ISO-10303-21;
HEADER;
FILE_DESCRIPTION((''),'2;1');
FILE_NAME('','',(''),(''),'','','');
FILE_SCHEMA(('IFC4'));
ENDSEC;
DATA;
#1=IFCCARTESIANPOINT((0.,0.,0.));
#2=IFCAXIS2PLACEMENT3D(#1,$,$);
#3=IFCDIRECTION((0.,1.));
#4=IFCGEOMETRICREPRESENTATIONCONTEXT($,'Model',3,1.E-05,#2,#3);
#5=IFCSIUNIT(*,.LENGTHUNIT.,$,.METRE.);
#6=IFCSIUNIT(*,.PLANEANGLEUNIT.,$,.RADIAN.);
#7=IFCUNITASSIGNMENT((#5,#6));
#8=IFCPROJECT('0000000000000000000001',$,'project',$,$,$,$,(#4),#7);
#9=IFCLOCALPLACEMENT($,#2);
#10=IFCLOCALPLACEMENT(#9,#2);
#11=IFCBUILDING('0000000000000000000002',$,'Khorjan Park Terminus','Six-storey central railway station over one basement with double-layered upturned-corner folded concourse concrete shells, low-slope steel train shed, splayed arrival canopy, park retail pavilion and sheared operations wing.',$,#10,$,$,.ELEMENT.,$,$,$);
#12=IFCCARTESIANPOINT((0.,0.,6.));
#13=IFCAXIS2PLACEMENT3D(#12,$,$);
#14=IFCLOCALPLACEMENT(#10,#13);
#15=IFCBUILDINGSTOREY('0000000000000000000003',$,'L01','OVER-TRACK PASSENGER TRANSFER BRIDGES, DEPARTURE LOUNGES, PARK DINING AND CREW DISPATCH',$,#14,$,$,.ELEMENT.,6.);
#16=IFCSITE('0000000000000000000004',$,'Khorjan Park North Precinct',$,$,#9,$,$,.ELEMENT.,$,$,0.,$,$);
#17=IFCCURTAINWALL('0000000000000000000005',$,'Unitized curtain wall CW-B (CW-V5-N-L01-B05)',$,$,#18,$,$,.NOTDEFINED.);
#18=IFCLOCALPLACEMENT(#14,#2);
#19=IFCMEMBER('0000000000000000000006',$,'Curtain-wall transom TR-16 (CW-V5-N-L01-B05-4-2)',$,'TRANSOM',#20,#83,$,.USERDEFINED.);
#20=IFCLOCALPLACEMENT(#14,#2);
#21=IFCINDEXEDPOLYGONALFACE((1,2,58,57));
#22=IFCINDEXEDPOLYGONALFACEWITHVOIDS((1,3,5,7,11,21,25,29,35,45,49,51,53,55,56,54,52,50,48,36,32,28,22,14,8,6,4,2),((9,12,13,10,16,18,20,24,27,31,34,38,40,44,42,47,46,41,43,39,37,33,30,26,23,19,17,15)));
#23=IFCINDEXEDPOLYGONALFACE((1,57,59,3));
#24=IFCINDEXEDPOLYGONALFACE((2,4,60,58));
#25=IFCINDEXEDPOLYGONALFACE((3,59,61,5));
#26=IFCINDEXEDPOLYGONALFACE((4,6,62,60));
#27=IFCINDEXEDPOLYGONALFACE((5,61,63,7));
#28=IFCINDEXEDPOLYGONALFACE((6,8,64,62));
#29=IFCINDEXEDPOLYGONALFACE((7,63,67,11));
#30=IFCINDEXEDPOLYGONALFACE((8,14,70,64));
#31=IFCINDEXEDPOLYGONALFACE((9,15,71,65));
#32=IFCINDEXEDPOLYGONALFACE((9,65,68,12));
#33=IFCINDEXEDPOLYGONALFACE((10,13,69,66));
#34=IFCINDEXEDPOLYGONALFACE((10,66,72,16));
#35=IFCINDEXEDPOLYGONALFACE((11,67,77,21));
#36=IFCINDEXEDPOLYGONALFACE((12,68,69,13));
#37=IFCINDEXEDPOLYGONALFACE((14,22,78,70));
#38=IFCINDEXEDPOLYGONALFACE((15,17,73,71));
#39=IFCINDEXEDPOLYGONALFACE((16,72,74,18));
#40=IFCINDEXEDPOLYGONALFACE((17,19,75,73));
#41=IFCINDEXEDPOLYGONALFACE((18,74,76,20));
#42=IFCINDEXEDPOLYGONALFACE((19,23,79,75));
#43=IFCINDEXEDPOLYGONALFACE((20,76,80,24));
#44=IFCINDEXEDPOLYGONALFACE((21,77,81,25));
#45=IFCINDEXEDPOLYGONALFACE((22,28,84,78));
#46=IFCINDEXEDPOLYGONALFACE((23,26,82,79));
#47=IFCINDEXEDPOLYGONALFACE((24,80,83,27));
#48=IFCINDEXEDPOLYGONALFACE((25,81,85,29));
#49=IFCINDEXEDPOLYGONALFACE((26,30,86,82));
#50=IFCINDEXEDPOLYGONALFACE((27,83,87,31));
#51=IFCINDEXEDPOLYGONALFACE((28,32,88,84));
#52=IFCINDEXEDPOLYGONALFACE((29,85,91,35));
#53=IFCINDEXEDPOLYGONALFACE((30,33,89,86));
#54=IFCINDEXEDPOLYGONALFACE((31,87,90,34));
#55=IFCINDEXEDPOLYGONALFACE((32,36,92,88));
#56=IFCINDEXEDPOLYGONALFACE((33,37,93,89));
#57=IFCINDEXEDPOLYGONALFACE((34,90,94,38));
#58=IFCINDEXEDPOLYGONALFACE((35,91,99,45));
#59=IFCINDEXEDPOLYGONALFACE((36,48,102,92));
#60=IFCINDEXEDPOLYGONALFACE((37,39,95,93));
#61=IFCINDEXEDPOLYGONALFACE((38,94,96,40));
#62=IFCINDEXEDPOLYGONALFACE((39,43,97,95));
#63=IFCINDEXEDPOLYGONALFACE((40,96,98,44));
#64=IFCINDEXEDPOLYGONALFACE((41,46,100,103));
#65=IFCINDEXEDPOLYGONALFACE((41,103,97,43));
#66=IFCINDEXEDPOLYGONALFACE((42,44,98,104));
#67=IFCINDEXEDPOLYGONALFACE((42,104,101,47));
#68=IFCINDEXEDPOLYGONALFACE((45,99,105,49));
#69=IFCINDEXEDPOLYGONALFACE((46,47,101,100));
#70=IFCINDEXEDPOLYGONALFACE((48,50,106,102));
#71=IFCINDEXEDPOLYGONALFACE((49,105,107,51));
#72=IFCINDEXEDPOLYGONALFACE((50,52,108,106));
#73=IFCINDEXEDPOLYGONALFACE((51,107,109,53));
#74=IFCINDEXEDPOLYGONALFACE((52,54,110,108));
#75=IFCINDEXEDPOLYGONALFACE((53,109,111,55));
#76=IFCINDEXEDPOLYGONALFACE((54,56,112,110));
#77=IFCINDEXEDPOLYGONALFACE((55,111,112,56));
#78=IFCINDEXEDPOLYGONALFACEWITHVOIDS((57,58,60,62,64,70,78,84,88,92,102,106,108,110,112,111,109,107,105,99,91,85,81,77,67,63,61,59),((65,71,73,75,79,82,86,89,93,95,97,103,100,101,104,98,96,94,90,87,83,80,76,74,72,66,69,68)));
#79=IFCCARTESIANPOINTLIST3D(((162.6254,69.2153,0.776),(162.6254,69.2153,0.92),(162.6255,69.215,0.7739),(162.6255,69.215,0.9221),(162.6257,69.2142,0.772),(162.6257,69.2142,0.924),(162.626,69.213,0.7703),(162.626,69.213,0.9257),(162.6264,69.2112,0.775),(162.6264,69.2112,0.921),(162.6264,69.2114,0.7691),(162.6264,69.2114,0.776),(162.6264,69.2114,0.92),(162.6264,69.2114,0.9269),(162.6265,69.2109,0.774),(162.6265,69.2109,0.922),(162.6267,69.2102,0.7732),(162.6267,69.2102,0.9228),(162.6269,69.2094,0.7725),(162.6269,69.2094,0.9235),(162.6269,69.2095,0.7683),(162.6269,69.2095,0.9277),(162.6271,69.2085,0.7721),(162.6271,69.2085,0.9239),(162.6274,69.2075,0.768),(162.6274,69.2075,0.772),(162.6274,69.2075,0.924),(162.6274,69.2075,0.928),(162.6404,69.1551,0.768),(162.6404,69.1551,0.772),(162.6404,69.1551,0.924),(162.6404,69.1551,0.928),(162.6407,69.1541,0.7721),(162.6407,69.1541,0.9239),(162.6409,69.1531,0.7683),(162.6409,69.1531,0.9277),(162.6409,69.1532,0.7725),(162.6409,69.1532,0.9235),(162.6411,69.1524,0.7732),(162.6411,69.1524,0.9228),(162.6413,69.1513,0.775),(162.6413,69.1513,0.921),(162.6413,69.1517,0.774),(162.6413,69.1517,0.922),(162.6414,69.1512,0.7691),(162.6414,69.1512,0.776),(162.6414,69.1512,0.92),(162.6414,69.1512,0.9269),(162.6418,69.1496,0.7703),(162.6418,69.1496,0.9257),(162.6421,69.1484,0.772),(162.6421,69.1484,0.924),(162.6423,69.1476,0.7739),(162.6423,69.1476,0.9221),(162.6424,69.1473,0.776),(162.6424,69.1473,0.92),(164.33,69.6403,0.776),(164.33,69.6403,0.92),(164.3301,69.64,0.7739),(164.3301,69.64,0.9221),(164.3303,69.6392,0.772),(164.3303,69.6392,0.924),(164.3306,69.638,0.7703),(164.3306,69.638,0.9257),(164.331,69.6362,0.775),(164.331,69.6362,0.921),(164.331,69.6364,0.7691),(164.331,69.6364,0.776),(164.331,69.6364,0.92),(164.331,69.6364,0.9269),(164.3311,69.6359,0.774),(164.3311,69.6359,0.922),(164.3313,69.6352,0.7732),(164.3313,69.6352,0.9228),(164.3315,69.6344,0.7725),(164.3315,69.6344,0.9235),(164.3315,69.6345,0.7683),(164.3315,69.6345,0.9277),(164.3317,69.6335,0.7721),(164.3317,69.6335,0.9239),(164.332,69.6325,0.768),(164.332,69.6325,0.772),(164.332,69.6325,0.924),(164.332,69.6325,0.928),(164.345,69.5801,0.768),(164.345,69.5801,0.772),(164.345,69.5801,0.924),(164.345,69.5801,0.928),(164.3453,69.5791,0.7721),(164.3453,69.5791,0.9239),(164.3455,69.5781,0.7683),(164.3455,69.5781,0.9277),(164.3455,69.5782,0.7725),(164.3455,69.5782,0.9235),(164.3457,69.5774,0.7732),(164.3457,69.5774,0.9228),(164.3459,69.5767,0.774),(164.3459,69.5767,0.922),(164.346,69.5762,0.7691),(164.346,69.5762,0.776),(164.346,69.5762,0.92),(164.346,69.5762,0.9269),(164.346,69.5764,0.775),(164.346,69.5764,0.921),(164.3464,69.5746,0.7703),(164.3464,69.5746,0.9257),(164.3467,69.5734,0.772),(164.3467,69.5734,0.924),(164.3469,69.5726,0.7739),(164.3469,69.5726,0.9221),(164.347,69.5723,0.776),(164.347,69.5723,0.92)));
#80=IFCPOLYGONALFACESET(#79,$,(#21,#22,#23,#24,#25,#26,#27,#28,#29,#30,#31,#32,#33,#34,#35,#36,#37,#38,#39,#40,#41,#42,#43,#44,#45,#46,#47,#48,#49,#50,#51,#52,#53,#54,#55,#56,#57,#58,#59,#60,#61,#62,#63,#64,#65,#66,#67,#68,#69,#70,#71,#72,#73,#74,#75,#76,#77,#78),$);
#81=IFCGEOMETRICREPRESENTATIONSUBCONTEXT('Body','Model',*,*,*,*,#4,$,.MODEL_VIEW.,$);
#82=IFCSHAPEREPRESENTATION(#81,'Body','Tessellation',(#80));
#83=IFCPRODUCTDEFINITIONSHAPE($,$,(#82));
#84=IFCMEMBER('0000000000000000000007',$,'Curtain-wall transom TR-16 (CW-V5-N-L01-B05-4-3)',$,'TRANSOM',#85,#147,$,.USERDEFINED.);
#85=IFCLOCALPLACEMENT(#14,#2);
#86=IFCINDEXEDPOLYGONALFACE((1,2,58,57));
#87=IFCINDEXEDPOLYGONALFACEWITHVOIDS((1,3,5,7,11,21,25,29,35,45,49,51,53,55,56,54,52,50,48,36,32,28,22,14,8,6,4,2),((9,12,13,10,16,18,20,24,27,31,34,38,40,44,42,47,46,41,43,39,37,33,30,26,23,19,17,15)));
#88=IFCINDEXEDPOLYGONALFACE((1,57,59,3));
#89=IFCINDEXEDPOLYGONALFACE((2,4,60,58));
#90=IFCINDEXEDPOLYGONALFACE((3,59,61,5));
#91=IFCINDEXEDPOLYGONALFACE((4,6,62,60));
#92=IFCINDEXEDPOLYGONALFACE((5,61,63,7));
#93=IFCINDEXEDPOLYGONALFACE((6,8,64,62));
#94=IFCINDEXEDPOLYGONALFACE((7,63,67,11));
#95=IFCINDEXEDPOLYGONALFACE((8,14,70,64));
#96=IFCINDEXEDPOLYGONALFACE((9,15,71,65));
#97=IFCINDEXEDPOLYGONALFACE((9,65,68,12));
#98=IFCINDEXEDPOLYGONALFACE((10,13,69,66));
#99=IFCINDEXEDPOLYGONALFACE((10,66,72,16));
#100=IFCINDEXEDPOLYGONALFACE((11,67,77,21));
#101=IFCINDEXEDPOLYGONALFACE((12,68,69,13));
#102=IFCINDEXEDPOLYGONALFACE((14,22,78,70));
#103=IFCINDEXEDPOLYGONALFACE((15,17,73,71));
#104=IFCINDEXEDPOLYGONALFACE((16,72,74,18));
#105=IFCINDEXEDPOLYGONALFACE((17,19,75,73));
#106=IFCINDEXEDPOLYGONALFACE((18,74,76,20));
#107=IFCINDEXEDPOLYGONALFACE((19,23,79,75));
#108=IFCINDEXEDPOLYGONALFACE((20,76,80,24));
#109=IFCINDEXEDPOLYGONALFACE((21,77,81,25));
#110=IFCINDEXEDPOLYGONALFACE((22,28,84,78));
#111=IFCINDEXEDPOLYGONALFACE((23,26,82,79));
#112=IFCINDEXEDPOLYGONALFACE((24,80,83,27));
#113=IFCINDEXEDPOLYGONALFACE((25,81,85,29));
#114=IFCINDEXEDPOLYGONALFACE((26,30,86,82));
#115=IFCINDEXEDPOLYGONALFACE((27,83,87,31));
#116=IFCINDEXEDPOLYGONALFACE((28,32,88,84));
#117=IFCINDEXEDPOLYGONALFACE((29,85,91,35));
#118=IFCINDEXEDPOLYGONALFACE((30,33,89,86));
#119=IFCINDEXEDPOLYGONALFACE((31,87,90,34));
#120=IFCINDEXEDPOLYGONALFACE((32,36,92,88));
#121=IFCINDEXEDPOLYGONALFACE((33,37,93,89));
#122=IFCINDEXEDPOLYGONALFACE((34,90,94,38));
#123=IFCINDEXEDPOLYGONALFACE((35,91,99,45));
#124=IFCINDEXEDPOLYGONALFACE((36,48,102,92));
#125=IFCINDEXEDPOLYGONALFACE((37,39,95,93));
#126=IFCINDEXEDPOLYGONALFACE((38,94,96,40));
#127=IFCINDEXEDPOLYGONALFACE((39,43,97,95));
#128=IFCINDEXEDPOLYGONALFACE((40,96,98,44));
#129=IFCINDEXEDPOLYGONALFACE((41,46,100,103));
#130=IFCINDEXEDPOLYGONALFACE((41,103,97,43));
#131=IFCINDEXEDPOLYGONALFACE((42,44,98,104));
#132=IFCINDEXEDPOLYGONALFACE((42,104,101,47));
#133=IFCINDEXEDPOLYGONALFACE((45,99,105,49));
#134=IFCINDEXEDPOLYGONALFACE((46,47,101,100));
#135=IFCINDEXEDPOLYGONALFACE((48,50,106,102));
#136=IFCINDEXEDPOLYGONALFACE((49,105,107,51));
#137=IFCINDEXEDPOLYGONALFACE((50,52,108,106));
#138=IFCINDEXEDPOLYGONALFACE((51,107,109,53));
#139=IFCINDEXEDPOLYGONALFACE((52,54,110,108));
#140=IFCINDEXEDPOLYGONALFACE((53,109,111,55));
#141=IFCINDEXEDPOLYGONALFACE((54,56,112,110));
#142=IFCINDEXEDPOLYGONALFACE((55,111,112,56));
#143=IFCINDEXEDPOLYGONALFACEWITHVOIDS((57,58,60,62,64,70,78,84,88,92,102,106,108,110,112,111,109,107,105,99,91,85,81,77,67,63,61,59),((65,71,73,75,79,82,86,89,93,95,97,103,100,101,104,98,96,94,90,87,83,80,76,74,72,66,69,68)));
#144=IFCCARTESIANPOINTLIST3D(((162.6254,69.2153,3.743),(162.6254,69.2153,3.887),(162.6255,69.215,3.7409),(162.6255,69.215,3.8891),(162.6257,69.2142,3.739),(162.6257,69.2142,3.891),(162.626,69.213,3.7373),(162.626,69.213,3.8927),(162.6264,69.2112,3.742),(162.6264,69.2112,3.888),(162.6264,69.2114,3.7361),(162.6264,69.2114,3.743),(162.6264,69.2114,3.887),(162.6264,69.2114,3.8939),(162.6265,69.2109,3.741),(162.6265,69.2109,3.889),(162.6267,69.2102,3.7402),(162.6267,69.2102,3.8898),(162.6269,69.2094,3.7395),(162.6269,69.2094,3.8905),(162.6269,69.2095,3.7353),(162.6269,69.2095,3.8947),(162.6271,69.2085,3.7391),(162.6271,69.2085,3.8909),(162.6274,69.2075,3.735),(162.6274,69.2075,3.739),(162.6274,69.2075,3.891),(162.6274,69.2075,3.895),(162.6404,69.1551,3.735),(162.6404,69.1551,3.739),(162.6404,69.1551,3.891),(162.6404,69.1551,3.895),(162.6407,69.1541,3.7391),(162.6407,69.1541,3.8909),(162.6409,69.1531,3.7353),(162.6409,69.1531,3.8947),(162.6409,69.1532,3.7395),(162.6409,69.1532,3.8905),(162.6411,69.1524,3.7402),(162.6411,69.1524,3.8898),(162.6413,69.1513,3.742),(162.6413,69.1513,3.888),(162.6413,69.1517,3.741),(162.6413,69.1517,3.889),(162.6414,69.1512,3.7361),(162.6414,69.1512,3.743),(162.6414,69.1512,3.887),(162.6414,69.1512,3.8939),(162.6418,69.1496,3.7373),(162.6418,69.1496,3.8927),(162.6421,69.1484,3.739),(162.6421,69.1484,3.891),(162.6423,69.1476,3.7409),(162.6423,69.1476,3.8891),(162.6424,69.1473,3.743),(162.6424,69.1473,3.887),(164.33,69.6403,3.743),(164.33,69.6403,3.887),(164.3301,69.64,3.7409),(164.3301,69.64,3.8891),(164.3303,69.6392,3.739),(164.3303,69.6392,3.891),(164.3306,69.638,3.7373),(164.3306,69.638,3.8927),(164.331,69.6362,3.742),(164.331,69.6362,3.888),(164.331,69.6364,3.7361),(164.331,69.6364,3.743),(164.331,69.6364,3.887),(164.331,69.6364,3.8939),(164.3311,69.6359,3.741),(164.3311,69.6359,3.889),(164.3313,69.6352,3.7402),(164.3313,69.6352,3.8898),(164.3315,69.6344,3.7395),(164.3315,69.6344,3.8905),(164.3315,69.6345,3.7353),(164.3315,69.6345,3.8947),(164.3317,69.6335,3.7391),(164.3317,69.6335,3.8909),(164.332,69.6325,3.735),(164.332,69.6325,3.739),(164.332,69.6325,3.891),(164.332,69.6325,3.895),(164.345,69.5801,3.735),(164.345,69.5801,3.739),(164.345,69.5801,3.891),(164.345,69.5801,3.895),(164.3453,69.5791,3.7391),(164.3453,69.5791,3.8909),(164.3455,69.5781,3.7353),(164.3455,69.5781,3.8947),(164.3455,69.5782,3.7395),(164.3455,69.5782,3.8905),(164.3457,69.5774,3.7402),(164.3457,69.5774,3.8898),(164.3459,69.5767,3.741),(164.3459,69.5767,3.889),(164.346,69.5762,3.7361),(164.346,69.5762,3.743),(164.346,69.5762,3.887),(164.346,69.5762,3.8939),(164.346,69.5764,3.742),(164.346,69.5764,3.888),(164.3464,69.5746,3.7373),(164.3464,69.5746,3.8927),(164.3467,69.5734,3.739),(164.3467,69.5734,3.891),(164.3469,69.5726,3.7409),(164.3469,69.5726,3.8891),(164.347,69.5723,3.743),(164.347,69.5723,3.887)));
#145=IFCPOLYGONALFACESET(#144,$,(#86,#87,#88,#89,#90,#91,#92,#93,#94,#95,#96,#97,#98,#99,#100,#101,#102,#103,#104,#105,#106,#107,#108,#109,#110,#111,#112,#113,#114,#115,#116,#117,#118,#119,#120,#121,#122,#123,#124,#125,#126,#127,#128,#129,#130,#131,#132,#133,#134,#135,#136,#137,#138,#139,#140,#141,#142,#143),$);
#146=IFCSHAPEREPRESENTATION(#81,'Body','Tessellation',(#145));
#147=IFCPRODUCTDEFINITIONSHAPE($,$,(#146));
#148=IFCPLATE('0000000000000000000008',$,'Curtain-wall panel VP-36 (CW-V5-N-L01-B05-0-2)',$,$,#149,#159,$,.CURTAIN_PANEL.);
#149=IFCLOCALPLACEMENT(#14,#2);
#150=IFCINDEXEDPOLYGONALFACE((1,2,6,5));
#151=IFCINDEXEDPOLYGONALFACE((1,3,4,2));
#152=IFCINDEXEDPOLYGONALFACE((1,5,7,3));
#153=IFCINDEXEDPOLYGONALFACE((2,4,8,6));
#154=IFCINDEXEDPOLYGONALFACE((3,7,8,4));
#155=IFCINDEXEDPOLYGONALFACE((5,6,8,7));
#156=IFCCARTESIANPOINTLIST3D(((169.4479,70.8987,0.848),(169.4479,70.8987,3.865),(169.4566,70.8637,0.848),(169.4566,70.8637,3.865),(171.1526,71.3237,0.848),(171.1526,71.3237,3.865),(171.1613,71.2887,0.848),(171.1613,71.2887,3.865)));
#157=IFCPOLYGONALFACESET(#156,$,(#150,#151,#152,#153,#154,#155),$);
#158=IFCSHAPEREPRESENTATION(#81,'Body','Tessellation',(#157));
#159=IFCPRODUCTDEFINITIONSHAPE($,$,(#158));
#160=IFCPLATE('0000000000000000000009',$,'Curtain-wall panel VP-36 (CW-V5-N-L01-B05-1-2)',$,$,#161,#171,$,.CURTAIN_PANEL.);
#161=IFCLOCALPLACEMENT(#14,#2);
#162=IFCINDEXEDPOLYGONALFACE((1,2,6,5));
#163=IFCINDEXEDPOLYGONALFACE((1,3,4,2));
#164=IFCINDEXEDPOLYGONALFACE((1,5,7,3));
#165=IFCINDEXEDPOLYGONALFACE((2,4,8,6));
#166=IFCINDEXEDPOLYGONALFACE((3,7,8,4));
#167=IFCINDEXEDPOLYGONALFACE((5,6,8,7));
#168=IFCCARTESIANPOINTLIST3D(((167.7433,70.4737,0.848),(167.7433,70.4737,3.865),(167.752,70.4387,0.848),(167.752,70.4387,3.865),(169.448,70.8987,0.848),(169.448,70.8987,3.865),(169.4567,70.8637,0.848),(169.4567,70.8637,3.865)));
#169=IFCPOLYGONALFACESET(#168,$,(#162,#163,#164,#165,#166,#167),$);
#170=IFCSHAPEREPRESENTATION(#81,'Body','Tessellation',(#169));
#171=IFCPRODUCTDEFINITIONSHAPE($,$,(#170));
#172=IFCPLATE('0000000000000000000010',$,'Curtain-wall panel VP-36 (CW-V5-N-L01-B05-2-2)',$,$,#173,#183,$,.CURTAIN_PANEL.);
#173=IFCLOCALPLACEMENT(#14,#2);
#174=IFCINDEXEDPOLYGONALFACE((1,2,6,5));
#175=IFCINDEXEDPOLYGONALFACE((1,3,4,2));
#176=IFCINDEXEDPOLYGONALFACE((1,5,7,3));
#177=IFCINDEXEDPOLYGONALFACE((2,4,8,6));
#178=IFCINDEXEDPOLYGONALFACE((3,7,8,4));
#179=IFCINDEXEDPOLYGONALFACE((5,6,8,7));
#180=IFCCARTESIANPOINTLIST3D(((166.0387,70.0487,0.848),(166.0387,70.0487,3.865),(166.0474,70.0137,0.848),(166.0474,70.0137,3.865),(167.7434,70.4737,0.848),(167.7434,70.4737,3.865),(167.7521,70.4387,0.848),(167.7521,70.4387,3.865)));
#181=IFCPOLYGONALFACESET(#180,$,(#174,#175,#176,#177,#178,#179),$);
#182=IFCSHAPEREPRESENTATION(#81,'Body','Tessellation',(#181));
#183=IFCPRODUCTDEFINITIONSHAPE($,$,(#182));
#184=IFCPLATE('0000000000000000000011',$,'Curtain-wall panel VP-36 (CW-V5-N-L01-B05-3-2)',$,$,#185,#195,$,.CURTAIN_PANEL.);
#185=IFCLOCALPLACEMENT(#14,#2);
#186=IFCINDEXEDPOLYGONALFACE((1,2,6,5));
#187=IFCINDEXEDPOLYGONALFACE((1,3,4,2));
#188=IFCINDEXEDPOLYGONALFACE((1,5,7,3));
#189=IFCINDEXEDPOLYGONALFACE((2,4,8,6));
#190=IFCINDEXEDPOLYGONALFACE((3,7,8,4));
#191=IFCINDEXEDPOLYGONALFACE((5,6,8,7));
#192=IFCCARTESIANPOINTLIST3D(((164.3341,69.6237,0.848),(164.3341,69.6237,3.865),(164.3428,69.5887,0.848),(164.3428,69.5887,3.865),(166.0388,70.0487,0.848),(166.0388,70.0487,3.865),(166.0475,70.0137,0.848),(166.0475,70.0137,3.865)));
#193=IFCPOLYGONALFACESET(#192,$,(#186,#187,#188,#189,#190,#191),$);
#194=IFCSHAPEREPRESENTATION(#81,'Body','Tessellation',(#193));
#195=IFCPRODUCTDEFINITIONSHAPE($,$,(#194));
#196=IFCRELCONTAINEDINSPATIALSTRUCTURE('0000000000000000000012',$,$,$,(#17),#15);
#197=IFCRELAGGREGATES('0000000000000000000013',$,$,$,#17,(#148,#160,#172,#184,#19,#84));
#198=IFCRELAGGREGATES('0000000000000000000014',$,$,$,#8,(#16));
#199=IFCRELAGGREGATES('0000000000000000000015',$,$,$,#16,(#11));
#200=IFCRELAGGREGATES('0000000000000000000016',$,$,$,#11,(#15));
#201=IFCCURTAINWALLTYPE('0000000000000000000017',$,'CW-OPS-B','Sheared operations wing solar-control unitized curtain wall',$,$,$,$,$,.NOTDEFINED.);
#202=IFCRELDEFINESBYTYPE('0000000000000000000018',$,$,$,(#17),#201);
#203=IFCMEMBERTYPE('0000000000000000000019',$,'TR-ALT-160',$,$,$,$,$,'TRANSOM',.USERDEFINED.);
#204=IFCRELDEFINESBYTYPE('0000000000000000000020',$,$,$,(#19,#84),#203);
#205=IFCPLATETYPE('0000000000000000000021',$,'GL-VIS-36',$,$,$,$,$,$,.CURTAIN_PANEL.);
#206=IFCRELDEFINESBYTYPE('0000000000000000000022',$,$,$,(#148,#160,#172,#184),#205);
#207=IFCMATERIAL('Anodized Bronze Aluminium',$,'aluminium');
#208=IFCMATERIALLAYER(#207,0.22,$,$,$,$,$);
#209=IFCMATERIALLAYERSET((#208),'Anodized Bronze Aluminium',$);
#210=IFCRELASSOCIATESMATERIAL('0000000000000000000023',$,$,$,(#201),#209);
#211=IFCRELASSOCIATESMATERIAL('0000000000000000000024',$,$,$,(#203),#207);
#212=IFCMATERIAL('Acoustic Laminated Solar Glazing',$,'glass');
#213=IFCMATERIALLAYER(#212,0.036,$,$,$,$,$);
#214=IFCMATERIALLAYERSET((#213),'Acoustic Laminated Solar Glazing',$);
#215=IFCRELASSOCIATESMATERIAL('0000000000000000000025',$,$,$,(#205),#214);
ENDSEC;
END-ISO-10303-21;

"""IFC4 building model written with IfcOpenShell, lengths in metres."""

from ifc_helpers import new_model, si_unit, direction, frame, origin, origin_2d, place, context, subcontext, project, spatial, rectangle, hollow_rectangle, extrude, material, layer, layer_set, material_profile, profile_set, type_object, element, aggregate, save


model = new_model("IFC4")

# Units and contexts
model_context = context("Model", 3, precision=1e-05, world=origin(), true_north=direction((0.0, 1.0)))
body_context = subcontext(model_context, "Body", "Model", "MODEL_VIEW")
ifc_project = project(units=[si_unit("LENGTHUNIT", "METRE"), si_unit("PLANEANGLEUNIT", "RADIAN")], contexts=[model_context])

# Site, building, storey
site_placement = place(None, origin())
site = spatial("IfcSite", under=ifc_project, at=site_placement, Name="Khorjan Park North Precinct", CompositionType="ELEMENT", RefElevation=0.0)
building_placement = place(site_placement, origin())
building = spatial("IfcBuilding", under=site, at=building_placement, Name="Khorjan Park Terminus", Description="Six-storey central railway station over one basement with double-layered upturned-corner folded concourse concrete shells, low-slope steel train shed, splayed arrival canopy, park retail pavilion and sheared operations wing.", CompositionType="ELEMENT")
storey_placement = place(building_placement, frame((0.0, 0.0, 6.0)))
storey = spatial("IfcBuildingStorey", under=building, at=storey_placement, Name="L01", Description="OVER-TRACK PASSENGER TRANSFER BRIDGES, DEPARTURE LOUNGES, PARK DINING AND CREW DISPATCH", CompositionType="ELEMENT", Elevation=6.0)

# Curtain wall, members, plates
ifc_material_1 = material(Name="Anodized Bronze Aluminium", Category="aluminium")
ifc_layer_1 = layer(ifc_material_1, 0.22)
ifc_layer_set_1 = layer_set([ifc_layer_1], Name="Anodized Bronze Aluminium")
curtain_wall_type = type_object("IfcCurtainWallType", Name="CW-OPS-B", Description="Sheared operations wing solar-control unitized curtain wall", PredefinedType="NOTDEFINED", material=ifc_layer_set_1)
curtain_wall_placement = place(storey_placement, origin())
curtain_wall = element("IfcCurtainWall", 1, at=curtain_wall_placement, inside=storey, type_object=curtain_wall_type, Name="Unitized curtain wall CW-B (CW-V5-N-L01-B05)", PredefinedType="NOTDEFINED")
ifc_material_profile_1 = material_profile(ifc_material_1, hollow_rectangle(XDim=0.07, YDim=0.16, WallThickness=0.004, InnerFilletRadius=0.004, OuterFilletRadius=0.008, at=origin_2d()), Name="ALT 70x160x4")
ifc_profile_set_1 = profile_set([ifc_material_profile_1], Name="Anodized Bronze Aluminium")
member_type_1 = type_object("IfcMemberType", Name="TR-ALT-160", ElementType="TRANSOM", PredefinedType="USERDEFINED", material=ifc_profile_set_1)
member_1_placement = place(storey_placement, frame((164.3385, 69.6063, 0.848), z_axis=(-0.970296, -0.241919, 0.0), x_axis=(0.241919, -0.970296, 0.0)))
member_1 = element("IfcMember", 2, at=member_1_placement, type_object=member_type_1, Name="Curtain-wall transom TR-16 (CW-V5-N-L01-B05-4-2)", ObjectType="TRANSOM", PredefinedType="USERDEFINED", context=body_context, shape_type="SweptSolid", body=[
    extrude(hollow_rectangle(XDim=0.07, YDim=0.16, WallThickness=0.004, InnerFilletRadius=0.004, OuterFilletRadius=0.008, at=origin_2d()), origin(), (0.0, 0.0, 1.0), 1.7568),
])
member_2_placement = place(storey_placement, frame((164.3385, 69.6063, 3.815), z_axis=(-0.970296, -0.241919, 0.0), x_axis=(0.241919, -0.970296, 0.0)))
member_2 = element("IfcMember", 3, at=member_2_placement, type_object=member_type_1, Name="Curtain-wall transom TR-16 (CW-V5-N-L01-B05-4-3)", ObjectType="TRANSOM", PredefinedType="USERDEFINED", context=body_context, shape_type="SweptSolid", body=[
    extrude(hollow_rectangle(XDim=0.07, YDim=0.16, WallThickness=0.004, InnerFilletRadius=0.004, OuterFilletRadius=0.008, at=origin_2d()), origin(), (0.0, 0.0, 1.0), 1.7568),
])
ifc_material_2 = material(Name="Acoustic Laminated Solar Glazing", Category="glass")
ifc_layer_2 = layer(ifc_material_2, 0.036)
ifc_layer_set_2 = layer_set([ifc_layer_2], Name="Acoustic Laminated Solar Glazing")
plate_type_1 = type_object("IfcPlateType", Name="GL-VIS-36", PredefinedType="CURTAIN_PANEL", material=ifc_layer_set_2)
plate_1_placement = place(storey_placement, frame((170.3046, 71.0937, 0.848), z_axis=(0.0, 0.0, 1.0), x_axis=(-0.970299, -0.241911, 0.0)))
plate_1 = element("IfcPlate", 4, at=plate_1_placement, type_object=plate_type_1, Name="Curtain-wall panel VP-36 (CW-V5-N-L01-B05-0-2)", PredefinedType="CURTAIN_PANEL", context=body_context, shape_type="SweptSolid", body=[
    extrude(rectangle(XDim=1.7568, YDim=0.036, at=origin_2d()), origin(), (0.0, 0.0, 1.0), 3.017),
])
plate_2_placement = place(storey_placement, frame((168.6, 70.6687, 0.848), z_axis=(0.0, 0.0, 1.0), x_axis=(-0.970299, -0.241911, 0.0)))
plate_2 = element("IfcPlate", 5, at=plate_2_placement, type_object=plate_type_1, Name="Curtain-wall panel VP-36 (CW-V5-N-L01-B05-1-2)", PredefinedType="CURTAIN_PANEL", context=body_context, shape_type="SweptSolid", body=[
    extrude(rectangle(XDim=1.7568, YDim=0.036, at=origin_2d()), origin(), (0.0, 0.0, 1.0), 3.017),
])
plate_3_placement = place(storey_placement, frame((166.8954, 70.2437, 0.848), z_axis=(0.0, 0.0, 1.0), x_axis=(-0.970299, -0.241911, 0.0)))
plate_3 = element("IfcPlate", 6, at=plate_3_placement, type_object=plate_type_1, Name="Curtain-wall panel VP-36 (CW-V5-N-L01-B05-2-2)", PredefinedType="CURTAIN_PANEL", context=body_context, shape_type="SweptSolid", body=[
    extrude(rectangle(XDim=1.7568, YDim=0.036, at=origin_2d()), origin(), (0.0, 0.0, 1.0), 3.017),
])
plate_4_placement = place(storey_placement, frame((165.1908, 69.8187, 0.848), z_axis=(0.0, 0.0, 1.0), x_axis=(-0.970299, -0.241911, 0.0)))
plate_4 = element("IfcPlate", 7, at=plate_4_placement, type_object=plate_type_1, Name="Curtain-wall panel VP-36 (CW-V5-N-L01-B05-3-2)", PredefinedType="CURTAIN_PANEL", context=body_context, shape_type="SweptSolid", body=[
    extrude(rectangle(XDim=1.7568, YDim=0.036, at=origin_2d()), origin(), (0.0, 0.0, 1.0), 3.017),
])
aggregate(curtain_wall, [plate_1, plate_2, plate_3, plate_4, member_1, member_2])

save(model, "model.ifc")
